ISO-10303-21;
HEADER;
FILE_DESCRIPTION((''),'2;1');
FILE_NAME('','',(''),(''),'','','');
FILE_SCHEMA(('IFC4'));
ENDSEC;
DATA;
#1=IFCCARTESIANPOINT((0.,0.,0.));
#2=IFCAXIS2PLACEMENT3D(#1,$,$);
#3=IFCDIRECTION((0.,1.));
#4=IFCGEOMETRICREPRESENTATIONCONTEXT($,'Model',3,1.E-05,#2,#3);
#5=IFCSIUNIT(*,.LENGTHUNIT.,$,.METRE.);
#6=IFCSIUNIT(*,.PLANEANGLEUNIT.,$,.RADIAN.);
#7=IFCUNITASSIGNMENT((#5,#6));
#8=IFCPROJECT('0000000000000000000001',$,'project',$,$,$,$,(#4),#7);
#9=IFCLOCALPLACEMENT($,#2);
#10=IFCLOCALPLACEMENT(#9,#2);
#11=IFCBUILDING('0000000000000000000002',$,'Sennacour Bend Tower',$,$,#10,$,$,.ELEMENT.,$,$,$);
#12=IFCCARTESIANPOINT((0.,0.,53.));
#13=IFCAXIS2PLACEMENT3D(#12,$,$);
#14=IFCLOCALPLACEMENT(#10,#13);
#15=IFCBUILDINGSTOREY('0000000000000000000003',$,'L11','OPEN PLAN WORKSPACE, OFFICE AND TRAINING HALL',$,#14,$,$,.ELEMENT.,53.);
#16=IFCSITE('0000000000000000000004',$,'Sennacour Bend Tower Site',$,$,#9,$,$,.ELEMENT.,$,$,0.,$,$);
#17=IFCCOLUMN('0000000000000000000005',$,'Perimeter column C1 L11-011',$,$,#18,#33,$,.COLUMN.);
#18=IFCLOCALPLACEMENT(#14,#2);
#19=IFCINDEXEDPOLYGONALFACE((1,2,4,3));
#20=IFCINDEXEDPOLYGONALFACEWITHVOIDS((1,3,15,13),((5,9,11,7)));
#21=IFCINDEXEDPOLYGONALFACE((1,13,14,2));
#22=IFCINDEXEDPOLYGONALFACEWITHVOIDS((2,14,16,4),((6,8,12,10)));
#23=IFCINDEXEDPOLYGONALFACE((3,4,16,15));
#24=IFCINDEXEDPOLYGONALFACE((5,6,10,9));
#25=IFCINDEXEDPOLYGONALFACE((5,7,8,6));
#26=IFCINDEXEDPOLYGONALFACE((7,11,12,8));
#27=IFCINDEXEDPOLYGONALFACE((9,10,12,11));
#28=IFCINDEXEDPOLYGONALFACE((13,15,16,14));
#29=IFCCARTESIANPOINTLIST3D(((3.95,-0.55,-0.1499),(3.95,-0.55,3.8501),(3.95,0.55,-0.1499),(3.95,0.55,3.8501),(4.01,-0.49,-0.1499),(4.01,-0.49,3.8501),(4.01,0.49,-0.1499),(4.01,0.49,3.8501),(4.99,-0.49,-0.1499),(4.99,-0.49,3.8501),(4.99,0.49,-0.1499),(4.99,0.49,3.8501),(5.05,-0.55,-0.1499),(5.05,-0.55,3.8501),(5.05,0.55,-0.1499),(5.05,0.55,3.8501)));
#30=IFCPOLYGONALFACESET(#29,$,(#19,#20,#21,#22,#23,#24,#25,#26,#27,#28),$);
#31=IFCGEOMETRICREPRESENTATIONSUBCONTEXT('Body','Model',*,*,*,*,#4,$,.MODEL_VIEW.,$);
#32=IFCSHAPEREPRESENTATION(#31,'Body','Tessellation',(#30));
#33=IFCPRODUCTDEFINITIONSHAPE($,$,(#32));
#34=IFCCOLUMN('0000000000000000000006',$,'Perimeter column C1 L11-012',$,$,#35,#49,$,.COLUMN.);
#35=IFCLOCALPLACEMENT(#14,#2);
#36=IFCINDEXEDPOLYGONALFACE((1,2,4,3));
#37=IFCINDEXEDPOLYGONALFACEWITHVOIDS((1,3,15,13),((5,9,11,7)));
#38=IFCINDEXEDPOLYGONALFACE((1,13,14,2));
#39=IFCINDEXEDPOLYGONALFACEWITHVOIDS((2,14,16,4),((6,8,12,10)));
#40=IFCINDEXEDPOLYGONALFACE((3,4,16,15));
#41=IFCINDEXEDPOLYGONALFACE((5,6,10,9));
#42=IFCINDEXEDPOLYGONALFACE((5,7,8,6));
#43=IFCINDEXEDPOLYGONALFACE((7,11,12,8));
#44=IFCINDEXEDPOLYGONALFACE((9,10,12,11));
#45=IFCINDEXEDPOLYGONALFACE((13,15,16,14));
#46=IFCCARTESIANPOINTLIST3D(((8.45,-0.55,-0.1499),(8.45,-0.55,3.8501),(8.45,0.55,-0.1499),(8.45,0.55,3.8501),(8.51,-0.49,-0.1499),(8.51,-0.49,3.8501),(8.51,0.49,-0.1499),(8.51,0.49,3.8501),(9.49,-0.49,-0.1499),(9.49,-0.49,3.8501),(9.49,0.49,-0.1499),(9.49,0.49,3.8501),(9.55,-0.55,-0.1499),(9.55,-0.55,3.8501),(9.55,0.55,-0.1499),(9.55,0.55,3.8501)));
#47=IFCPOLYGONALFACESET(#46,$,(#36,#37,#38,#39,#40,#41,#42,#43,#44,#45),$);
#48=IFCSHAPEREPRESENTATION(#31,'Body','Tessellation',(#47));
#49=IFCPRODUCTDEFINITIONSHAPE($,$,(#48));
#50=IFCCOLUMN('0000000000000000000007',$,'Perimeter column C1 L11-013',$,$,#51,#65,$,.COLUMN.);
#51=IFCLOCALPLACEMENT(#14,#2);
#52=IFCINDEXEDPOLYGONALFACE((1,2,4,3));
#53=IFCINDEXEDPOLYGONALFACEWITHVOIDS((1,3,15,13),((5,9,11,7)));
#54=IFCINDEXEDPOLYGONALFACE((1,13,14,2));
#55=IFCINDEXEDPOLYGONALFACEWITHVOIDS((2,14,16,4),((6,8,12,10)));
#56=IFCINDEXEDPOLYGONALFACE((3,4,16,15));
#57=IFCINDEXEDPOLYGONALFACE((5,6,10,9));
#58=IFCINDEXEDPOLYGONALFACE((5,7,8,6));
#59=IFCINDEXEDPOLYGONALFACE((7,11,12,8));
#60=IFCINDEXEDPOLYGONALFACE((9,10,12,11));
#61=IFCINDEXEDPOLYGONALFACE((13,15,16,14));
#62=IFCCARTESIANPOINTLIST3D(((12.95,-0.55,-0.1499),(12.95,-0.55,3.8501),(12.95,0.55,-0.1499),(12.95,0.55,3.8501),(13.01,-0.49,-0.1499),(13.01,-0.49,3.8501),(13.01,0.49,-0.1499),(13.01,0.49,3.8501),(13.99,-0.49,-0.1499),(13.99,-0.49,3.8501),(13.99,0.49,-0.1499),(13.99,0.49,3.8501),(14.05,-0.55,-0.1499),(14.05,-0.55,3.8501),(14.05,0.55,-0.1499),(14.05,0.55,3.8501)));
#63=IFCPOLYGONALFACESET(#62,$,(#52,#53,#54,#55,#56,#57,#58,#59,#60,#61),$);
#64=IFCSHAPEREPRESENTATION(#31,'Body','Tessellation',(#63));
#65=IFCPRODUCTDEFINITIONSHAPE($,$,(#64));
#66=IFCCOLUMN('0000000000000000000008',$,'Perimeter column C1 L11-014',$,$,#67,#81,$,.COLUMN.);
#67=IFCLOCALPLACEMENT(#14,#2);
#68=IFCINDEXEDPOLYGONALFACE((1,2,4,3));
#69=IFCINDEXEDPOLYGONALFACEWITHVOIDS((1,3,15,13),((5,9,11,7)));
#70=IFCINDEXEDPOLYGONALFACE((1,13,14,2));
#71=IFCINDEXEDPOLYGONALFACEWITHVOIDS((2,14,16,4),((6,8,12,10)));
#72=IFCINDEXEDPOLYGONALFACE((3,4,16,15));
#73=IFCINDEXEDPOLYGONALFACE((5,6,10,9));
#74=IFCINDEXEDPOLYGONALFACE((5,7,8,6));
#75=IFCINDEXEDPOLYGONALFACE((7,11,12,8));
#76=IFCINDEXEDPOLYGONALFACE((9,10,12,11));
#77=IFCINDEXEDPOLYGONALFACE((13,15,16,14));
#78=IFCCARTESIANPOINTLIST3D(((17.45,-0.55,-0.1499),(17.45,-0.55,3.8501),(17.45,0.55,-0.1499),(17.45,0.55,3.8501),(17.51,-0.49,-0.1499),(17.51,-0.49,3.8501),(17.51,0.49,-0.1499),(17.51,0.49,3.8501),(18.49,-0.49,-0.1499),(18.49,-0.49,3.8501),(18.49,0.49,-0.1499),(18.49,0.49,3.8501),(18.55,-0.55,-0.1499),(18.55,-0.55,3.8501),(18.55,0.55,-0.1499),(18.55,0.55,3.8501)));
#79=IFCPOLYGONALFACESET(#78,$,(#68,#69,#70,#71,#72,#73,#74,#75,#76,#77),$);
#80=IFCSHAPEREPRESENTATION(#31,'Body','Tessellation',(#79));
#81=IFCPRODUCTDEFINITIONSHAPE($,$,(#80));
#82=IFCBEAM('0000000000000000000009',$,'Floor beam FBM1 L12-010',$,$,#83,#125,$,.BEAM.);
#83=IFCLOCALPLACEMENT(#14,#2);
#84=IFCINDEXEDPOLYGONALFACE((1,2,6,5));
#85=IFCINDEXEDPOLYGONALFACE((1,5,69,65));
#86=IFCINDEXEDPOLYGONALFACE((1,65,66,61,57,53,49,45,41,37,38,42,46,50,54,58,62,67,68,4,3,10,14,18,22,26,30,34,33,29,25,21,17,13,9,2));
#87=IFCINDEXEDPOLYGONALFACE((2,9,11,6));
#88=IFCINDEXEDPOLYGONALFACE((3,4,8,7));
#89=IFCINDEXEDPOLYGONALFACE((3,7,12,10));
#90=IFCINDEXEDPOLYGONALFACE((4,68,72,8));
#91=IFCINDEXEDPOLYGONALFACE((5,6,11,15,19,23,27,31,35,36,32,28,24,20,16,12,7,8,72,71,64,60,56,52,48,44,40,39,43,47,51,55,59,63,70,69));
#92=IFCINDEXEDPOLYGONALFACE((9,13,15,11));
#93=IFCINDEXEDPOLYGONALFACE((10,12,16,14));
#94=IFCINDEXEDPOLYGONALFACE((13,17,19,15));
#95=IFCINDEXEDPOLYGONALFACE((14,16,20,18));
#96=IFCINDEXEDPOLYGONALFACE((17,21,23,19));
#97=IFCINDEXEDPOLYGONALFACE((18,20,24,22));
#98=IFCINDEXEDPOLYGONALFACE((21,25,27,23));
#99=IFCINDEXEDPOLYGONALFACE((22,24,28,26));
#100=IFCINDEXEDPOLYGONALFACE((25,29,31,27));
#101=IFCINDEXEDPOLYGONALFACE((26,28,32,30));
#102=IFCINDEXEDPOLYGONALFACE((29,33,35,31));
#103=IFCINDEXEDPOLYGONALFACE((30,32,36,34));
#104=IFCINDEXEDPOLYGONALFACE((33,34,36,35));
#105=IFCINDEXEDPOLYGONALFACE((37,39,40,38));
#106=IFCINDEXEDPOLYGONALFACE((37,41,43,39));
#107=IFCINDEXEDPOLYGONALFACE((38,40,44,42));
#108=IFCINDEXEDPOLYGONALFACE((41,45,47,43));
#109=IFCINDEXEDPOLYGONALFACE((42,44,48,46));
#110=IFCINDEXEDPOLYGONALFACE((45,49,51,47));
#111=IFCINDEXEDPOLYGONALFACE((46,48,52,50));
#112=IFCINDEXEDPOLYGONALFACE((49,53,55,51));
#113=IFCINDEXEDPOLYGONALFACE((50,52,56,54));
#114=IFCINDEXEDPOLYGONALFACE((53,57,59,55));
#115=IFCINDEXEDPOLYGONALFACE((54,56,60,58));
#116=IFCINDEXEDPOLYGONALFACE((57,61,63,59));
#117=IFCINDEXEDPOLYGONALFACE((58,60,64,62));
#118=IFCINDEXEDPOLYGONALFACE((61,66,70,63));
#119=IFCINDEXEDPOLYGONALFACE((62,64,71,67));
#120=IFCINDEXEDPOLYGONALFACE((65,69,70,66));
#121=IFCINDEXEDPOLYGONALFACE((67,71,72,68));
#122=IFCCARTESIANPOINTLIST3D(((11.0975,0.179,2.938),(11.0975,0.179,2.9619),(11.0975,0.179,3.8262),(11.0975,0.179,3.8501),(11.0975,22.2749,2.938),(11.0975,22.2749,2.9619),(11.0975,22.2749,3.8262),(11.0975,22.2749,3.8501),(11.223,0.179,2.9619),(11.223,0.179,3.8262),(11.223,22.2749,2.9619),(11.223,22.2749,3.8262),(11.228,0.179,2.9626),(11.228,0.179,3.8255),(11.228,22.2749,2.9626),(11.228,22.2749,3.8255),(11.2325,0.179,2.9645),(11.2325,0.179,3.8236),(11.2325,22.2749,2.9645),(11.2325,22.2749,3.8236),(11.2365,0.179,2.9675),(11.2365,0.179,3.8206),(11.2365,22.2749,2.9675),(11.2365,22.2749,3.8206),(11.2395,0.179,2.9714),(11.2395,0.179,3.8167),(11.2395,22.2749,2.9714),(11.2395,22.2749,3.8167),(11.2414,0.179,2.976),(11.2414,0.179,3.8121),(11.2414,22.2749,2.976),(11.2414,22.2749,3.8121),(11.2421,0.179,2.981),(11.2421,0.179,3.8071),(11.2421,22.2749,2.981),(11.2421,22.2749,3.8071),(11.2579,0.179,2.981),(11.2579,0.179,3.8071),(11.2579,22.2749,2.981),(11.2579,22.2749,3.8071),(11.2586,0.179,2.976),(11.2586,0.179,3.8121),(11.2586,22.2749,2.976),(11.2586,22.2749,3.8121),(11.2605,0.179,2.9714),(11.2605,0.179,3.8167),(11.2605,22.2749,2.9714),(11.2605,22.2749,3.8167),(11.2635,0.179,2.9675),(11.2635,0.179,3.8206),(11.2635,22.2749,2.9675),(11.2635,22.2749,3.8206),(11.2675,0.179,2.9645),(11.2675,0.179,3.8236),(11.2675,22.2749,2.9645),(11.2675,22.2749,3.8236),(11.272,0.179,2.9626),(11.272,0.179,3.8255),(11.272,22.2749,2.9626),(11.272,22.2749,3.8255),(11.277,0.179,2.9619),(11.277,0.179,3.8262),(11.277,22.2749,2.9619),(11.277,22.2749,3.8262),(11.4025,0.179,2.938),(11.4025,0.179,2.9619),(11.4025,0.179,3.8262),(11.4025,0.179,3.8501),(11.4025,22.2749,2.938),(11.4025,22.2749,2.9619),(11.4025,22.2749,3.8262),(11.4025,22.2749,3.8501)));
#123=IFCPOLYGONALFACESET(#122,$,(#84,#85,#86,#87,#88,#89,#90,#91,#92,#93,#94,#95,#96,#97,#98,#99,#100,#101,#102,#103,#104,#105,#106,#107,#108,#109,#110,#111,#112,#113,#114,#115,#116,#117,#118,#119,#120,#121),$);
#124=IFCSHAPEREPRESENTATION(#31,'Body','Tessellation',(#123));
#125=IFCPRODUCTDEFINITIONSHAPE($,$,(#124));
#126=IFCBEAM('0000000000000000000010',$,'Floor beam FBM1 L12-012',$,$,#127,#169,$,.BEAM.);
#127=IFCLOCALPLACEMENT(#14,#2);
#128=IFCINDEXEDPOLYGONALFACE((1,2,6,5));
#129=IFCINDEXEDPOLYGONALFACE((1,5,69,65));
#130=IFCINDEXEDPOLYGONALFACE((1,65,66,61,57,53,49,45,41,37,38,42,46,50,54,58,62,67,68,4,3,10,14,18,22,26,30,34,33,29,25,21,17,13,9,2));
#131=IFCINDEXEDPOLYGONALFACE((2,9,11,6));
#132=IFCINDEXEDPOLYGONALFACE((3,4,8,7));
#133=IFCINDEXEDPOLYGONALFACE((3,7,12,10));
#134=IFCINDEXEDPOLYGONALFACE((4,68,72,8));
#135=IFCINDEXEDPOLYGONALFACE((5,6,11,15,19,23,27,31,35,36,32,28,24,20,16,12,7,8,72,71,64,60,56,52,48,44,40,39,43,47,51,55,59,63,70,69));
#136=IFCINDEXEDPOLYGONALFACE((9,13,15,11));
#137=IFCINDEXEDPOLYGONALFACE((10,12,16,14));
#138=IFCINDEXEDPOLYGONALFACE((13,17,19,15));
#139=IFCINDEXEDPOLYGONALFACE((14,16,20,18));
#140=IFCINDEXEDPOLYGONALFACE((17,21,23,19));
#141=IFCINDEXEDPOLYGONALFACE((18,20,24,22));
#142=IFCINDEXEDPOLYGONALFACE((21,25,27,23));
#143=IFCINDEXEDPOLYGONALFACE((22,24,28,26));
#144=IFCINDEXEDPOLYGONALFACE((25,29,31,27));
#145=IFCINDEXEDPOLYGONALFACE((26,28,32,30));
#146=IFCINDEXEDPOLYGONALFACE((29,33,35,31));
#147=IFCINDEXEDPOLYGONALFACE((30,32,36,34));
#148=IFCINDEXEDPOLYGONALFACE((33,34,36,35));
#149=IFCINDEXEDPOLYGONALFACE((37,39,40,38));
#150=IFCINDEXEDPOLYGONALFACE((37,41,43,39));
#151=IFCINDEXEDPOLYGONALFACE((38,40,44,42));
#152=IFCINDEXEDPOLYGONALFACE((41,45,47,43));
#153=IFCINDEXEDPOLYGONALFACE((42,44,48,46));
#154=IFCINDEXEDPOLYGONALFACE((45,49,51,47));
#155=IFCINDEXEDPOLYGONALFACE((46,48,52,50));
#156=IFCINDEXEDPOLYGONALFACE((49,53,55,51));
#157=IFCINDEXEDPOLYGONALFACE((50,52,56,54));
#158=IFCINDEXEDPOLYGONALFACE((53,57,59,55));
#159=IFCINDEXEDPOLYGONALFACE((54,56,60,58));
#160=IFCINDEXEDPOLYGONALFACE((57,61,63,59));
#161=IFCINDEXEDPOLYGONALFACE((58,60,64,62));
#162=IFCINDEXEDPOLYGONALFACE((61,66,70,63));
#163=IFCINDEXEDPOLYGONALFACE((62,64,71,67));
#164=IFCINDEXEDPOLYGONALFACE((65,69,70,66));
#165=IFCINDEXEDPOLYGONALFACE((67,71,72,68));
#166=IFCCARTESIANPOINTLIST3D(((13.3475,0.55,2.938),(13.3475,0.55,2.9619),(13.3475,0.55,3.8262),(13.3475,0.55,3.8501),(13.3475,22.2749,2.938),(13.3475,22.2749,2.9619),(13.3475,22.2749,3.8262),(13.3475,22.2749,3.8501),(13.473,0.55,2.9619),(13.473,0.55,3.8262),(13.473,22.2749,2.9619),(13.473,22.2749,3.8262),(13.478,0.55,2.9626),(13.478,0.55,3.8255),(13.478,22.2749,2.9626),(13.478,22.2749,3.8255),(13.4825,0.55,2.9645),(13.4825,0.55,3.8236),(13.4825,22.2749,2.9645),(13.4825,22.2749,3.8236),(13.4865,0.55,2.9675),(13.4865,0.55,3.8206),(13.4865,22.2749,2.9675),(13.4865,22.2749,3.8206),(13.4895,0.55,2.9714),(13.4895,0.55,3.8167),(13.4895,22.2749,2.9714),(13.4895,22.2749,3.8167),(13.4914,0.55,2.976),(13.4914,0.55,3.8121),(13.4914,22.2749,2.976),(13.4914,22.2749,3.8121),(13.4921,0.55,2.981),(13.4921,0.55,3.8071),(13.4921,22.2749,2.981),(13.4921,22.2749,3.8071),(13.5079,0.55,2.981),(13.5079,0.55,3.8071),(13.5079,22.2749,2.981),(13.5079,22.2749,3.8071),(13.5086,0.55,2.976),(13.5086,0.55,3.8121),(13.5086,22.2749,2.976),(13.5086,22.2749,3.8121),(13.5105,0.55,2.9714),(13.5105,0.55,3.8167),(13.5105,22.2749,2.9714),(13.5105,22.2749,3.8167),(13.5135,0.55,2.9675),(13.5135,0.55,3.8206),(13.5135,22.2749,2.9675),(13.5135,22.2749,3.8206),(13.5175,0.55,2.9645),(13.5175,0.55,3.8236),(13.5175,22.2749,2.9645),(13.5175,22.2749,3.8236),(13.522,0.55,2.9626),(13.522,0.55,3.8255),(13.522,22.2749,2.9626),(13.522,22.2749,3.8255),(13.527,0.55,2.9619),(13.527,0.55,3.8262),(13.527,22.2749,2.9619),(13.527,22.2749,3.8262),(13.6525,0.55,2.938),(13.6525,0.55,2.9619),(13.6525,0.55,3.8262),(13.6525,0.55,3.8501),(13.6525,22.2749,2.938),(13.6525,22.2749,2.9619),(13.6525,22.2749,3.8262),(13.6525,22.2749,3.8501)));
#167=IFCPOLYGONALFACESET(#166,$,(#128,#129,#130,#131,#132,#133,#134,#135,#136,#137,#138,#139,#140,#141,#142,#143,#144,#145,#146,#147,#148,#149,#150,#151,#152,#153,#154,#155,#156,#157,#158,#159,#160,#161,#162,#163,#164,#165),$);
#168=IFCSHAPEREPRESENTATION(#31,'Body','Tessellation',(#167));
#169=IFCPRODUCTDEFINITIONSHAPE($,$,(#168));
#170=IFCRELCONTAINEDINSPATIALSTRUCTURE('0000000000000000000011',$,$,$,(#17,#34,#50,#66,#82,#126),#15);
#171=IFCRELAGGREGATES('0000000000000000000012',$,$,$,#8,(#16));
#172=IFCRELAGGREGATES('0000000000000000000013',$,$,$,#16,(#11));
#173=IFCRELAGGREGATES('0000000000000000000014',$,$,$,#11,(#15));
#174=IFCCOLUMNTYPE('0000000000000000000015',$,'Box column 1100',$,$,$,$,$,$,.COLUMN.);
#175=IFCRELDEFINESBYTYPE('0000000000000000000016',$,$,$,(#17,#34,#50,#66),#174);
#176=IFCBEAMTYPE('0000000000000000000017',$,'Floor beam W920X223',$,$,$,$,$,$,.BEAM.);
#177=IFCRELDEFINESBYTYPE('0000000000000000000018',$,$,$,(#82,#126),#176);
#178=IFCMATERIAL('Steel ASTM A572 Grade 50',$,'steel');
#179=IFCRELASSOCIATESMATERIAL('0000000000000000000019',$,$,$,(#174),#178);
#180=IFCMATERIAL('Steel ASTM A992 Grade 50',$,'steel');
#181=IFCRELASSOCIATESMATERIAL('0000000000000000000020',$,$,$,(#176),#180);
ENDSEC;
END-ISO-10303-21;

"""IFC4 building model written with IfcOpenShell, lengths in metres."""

from ifc_helpers import new_model, si_unit, direction, frame, origin, origin_2d, place, context, subcontext, project, spatial, hollow_rectangle, i_section, extrude, material, material_profile, profile_set, type_object, element, save


model = new_model("IFC4")

# Units and contexts
model_context = context("Model", 3, precision=1e-05, world=origin(), true_north=direction((0.0, 1.0)))
body_context = subcontext(model_context, "Body", "Model", "MODEL_VIEW")
ifc_project = project(units=[si_unit("LENGTHUNIT", "METRE"), si_unit("PLANEANGLEUNIT", "RADIAN")], contexts=[model_context])

# Site, building, storey
site_placement = place(None, origin())
site = spatial("IfcSite", under=ifc_project, at=site_placement, Name="Sennacour Bend Tower Site", CompositionType="ELEMENT", RefElevation=0.0)
building_placement = place(site_placement, origin())
building = spatial("IfcBuilding", under=site, at=building_placement, Name="Sennacour Bend Tower", CompositionType="ELEMENT")
storey_placement = place(building_placement, frame((0.0, 0.0, 53.0)))
storey = spatial("IfcBuildingStorey", under=building, at=storey_placement, Name="L11", Description="OPEN PLAN WORKSPACE, OFFICE AND TRAINING HALL", CompositionType="ELEMENT", Elevation=53.0)

# Columns
ifc_material_1 = material(Name="Steel ASTM A572 Grade 50", Category="steel")
ifc_material_profile_1 = material_profile(ifc_material_1, hollow_rectangle(XDim=1.1001, YDim=1.1001, WallThickness=0.0601, at=origin_2d()), Name="Steel ASTM A572 Grade 50", Category="steel")
ifc_profile_set_1 = profile_set([ifc_material_profile_1], Name="Steel ASTM A572 Grade 50")
column_type = type_object("IfcColumnType", Name="Box column 1100", PredefinedType="COLUMN", material=ifc_profile_set_1)
for number, where, z_axis, x_axis, name in (
    (1, (4.5, 0.0, -0.1499), (0.0, 0.0, 1.0), (1.0, 0.0, 0.0), "Perimeter column C1 L11-011"),
    (2, (9.0, 0.0, -0.1499), (0.0, 0.0, 1.0), (1.0, 0.0, 0.0), "Perimeter column C1 L11-012"),
    (3, (13.5, 0.0, -0.1499), (0.0, 0.0, 1.0), (1.0, 0.0, 0.0), "Perimeter column C1 L11-013"),
    (4, (18.0, 0.0, -0.1499), (0.0, 0.0, 1.0), (1.0, 0.0, 0.0), "Perimeter column C1 L11-014"),
):
    element("IfcColumn", number, at=place(storey_placement, frame(where, z_axis=z_axis, x_axis=x_axis)), inside=storey, type_object=column_type, Name=name, PredefinedType="COLUMN", context=body_context, shape_type="SweptSolid", body=[
        extrude(hollow_rectangle(XDim=1.1001, YDim=1.1001, WallThickness=0.0601, at=origin_2d()), origin(), (0.0, 0.0, 1.0), 4.0),
    ])

# Beams
ifc_material_2 = material(Name="Steel ASTM A992 Grade 50", Category="steel")
ifc_material_profile_2 = material_profile(ifc_material_2, i_section(OverallWidth=0.3049, OverallDepth=0.9121, WebThickness=0.0159, FlangeThickness=0.0239, FilletRadius=0.019, at=origin_2d()), Name="Steel ASTM A992 Grade 50", Category="steel")
ifc_profile_set_2 = profile_set([ifc_material_profile_2], Name="Steel ASTM A992 Grade 50")
beam_type_1 = type_object("IfcBeamType", Name="Floor beam W920X223", PredefinedType="BEAM", material=ifc_profile_set_2)
beam_1_placement = place(storey_placement, frame((11.25, 0.179, 3.394), z_axis=(0.0, 1.0, 0.0), x_axis=(-1.0, 0.0, 0.0)))
element("IfcBeam", 5, at=beam_1_placement, inside=storey, type_object=beam_type_1, Name="Floor beam FBM1 L12-010", PredefinedType="BEAM", context=body_context, shape_type="SweptSolid", body=[
    extrude(i_section(OverallWidth=0.3049, OverallDepth=0.9121, WebThickness=0.0159, FlangeThickness=0.0239, FilletRadius=0.019, at=origin_2d()), origin(), (0.0, 0.0, 1.0), 22.0959),
])
beam_2_placement = place(storey_placement, frame((13.5, 0.55, 3.394), z_axis=(0.0, 1.0, 0.0), x_axis=(-1.0, 0.0, 0.0)))
element("IfcBeam", 6, at=beam_2_placement, inside=storey, type_object=beam_type_1, Name="Floor beam FBM1 L12-012", PredefinedType="BEAM", context=body_context, shape_type="SweptSolid", body=[
    extrude(i_section(OverallWidth=0.3049, OverallDepth=0.9121, WebThickness=0.0159, FlangeThickness=0.0239, FilletRadius=0.019, at=origin_2d()), origin(), (0.0, 0.0, 1.0), 21.7249),
])

save(model, "model.ifc")
